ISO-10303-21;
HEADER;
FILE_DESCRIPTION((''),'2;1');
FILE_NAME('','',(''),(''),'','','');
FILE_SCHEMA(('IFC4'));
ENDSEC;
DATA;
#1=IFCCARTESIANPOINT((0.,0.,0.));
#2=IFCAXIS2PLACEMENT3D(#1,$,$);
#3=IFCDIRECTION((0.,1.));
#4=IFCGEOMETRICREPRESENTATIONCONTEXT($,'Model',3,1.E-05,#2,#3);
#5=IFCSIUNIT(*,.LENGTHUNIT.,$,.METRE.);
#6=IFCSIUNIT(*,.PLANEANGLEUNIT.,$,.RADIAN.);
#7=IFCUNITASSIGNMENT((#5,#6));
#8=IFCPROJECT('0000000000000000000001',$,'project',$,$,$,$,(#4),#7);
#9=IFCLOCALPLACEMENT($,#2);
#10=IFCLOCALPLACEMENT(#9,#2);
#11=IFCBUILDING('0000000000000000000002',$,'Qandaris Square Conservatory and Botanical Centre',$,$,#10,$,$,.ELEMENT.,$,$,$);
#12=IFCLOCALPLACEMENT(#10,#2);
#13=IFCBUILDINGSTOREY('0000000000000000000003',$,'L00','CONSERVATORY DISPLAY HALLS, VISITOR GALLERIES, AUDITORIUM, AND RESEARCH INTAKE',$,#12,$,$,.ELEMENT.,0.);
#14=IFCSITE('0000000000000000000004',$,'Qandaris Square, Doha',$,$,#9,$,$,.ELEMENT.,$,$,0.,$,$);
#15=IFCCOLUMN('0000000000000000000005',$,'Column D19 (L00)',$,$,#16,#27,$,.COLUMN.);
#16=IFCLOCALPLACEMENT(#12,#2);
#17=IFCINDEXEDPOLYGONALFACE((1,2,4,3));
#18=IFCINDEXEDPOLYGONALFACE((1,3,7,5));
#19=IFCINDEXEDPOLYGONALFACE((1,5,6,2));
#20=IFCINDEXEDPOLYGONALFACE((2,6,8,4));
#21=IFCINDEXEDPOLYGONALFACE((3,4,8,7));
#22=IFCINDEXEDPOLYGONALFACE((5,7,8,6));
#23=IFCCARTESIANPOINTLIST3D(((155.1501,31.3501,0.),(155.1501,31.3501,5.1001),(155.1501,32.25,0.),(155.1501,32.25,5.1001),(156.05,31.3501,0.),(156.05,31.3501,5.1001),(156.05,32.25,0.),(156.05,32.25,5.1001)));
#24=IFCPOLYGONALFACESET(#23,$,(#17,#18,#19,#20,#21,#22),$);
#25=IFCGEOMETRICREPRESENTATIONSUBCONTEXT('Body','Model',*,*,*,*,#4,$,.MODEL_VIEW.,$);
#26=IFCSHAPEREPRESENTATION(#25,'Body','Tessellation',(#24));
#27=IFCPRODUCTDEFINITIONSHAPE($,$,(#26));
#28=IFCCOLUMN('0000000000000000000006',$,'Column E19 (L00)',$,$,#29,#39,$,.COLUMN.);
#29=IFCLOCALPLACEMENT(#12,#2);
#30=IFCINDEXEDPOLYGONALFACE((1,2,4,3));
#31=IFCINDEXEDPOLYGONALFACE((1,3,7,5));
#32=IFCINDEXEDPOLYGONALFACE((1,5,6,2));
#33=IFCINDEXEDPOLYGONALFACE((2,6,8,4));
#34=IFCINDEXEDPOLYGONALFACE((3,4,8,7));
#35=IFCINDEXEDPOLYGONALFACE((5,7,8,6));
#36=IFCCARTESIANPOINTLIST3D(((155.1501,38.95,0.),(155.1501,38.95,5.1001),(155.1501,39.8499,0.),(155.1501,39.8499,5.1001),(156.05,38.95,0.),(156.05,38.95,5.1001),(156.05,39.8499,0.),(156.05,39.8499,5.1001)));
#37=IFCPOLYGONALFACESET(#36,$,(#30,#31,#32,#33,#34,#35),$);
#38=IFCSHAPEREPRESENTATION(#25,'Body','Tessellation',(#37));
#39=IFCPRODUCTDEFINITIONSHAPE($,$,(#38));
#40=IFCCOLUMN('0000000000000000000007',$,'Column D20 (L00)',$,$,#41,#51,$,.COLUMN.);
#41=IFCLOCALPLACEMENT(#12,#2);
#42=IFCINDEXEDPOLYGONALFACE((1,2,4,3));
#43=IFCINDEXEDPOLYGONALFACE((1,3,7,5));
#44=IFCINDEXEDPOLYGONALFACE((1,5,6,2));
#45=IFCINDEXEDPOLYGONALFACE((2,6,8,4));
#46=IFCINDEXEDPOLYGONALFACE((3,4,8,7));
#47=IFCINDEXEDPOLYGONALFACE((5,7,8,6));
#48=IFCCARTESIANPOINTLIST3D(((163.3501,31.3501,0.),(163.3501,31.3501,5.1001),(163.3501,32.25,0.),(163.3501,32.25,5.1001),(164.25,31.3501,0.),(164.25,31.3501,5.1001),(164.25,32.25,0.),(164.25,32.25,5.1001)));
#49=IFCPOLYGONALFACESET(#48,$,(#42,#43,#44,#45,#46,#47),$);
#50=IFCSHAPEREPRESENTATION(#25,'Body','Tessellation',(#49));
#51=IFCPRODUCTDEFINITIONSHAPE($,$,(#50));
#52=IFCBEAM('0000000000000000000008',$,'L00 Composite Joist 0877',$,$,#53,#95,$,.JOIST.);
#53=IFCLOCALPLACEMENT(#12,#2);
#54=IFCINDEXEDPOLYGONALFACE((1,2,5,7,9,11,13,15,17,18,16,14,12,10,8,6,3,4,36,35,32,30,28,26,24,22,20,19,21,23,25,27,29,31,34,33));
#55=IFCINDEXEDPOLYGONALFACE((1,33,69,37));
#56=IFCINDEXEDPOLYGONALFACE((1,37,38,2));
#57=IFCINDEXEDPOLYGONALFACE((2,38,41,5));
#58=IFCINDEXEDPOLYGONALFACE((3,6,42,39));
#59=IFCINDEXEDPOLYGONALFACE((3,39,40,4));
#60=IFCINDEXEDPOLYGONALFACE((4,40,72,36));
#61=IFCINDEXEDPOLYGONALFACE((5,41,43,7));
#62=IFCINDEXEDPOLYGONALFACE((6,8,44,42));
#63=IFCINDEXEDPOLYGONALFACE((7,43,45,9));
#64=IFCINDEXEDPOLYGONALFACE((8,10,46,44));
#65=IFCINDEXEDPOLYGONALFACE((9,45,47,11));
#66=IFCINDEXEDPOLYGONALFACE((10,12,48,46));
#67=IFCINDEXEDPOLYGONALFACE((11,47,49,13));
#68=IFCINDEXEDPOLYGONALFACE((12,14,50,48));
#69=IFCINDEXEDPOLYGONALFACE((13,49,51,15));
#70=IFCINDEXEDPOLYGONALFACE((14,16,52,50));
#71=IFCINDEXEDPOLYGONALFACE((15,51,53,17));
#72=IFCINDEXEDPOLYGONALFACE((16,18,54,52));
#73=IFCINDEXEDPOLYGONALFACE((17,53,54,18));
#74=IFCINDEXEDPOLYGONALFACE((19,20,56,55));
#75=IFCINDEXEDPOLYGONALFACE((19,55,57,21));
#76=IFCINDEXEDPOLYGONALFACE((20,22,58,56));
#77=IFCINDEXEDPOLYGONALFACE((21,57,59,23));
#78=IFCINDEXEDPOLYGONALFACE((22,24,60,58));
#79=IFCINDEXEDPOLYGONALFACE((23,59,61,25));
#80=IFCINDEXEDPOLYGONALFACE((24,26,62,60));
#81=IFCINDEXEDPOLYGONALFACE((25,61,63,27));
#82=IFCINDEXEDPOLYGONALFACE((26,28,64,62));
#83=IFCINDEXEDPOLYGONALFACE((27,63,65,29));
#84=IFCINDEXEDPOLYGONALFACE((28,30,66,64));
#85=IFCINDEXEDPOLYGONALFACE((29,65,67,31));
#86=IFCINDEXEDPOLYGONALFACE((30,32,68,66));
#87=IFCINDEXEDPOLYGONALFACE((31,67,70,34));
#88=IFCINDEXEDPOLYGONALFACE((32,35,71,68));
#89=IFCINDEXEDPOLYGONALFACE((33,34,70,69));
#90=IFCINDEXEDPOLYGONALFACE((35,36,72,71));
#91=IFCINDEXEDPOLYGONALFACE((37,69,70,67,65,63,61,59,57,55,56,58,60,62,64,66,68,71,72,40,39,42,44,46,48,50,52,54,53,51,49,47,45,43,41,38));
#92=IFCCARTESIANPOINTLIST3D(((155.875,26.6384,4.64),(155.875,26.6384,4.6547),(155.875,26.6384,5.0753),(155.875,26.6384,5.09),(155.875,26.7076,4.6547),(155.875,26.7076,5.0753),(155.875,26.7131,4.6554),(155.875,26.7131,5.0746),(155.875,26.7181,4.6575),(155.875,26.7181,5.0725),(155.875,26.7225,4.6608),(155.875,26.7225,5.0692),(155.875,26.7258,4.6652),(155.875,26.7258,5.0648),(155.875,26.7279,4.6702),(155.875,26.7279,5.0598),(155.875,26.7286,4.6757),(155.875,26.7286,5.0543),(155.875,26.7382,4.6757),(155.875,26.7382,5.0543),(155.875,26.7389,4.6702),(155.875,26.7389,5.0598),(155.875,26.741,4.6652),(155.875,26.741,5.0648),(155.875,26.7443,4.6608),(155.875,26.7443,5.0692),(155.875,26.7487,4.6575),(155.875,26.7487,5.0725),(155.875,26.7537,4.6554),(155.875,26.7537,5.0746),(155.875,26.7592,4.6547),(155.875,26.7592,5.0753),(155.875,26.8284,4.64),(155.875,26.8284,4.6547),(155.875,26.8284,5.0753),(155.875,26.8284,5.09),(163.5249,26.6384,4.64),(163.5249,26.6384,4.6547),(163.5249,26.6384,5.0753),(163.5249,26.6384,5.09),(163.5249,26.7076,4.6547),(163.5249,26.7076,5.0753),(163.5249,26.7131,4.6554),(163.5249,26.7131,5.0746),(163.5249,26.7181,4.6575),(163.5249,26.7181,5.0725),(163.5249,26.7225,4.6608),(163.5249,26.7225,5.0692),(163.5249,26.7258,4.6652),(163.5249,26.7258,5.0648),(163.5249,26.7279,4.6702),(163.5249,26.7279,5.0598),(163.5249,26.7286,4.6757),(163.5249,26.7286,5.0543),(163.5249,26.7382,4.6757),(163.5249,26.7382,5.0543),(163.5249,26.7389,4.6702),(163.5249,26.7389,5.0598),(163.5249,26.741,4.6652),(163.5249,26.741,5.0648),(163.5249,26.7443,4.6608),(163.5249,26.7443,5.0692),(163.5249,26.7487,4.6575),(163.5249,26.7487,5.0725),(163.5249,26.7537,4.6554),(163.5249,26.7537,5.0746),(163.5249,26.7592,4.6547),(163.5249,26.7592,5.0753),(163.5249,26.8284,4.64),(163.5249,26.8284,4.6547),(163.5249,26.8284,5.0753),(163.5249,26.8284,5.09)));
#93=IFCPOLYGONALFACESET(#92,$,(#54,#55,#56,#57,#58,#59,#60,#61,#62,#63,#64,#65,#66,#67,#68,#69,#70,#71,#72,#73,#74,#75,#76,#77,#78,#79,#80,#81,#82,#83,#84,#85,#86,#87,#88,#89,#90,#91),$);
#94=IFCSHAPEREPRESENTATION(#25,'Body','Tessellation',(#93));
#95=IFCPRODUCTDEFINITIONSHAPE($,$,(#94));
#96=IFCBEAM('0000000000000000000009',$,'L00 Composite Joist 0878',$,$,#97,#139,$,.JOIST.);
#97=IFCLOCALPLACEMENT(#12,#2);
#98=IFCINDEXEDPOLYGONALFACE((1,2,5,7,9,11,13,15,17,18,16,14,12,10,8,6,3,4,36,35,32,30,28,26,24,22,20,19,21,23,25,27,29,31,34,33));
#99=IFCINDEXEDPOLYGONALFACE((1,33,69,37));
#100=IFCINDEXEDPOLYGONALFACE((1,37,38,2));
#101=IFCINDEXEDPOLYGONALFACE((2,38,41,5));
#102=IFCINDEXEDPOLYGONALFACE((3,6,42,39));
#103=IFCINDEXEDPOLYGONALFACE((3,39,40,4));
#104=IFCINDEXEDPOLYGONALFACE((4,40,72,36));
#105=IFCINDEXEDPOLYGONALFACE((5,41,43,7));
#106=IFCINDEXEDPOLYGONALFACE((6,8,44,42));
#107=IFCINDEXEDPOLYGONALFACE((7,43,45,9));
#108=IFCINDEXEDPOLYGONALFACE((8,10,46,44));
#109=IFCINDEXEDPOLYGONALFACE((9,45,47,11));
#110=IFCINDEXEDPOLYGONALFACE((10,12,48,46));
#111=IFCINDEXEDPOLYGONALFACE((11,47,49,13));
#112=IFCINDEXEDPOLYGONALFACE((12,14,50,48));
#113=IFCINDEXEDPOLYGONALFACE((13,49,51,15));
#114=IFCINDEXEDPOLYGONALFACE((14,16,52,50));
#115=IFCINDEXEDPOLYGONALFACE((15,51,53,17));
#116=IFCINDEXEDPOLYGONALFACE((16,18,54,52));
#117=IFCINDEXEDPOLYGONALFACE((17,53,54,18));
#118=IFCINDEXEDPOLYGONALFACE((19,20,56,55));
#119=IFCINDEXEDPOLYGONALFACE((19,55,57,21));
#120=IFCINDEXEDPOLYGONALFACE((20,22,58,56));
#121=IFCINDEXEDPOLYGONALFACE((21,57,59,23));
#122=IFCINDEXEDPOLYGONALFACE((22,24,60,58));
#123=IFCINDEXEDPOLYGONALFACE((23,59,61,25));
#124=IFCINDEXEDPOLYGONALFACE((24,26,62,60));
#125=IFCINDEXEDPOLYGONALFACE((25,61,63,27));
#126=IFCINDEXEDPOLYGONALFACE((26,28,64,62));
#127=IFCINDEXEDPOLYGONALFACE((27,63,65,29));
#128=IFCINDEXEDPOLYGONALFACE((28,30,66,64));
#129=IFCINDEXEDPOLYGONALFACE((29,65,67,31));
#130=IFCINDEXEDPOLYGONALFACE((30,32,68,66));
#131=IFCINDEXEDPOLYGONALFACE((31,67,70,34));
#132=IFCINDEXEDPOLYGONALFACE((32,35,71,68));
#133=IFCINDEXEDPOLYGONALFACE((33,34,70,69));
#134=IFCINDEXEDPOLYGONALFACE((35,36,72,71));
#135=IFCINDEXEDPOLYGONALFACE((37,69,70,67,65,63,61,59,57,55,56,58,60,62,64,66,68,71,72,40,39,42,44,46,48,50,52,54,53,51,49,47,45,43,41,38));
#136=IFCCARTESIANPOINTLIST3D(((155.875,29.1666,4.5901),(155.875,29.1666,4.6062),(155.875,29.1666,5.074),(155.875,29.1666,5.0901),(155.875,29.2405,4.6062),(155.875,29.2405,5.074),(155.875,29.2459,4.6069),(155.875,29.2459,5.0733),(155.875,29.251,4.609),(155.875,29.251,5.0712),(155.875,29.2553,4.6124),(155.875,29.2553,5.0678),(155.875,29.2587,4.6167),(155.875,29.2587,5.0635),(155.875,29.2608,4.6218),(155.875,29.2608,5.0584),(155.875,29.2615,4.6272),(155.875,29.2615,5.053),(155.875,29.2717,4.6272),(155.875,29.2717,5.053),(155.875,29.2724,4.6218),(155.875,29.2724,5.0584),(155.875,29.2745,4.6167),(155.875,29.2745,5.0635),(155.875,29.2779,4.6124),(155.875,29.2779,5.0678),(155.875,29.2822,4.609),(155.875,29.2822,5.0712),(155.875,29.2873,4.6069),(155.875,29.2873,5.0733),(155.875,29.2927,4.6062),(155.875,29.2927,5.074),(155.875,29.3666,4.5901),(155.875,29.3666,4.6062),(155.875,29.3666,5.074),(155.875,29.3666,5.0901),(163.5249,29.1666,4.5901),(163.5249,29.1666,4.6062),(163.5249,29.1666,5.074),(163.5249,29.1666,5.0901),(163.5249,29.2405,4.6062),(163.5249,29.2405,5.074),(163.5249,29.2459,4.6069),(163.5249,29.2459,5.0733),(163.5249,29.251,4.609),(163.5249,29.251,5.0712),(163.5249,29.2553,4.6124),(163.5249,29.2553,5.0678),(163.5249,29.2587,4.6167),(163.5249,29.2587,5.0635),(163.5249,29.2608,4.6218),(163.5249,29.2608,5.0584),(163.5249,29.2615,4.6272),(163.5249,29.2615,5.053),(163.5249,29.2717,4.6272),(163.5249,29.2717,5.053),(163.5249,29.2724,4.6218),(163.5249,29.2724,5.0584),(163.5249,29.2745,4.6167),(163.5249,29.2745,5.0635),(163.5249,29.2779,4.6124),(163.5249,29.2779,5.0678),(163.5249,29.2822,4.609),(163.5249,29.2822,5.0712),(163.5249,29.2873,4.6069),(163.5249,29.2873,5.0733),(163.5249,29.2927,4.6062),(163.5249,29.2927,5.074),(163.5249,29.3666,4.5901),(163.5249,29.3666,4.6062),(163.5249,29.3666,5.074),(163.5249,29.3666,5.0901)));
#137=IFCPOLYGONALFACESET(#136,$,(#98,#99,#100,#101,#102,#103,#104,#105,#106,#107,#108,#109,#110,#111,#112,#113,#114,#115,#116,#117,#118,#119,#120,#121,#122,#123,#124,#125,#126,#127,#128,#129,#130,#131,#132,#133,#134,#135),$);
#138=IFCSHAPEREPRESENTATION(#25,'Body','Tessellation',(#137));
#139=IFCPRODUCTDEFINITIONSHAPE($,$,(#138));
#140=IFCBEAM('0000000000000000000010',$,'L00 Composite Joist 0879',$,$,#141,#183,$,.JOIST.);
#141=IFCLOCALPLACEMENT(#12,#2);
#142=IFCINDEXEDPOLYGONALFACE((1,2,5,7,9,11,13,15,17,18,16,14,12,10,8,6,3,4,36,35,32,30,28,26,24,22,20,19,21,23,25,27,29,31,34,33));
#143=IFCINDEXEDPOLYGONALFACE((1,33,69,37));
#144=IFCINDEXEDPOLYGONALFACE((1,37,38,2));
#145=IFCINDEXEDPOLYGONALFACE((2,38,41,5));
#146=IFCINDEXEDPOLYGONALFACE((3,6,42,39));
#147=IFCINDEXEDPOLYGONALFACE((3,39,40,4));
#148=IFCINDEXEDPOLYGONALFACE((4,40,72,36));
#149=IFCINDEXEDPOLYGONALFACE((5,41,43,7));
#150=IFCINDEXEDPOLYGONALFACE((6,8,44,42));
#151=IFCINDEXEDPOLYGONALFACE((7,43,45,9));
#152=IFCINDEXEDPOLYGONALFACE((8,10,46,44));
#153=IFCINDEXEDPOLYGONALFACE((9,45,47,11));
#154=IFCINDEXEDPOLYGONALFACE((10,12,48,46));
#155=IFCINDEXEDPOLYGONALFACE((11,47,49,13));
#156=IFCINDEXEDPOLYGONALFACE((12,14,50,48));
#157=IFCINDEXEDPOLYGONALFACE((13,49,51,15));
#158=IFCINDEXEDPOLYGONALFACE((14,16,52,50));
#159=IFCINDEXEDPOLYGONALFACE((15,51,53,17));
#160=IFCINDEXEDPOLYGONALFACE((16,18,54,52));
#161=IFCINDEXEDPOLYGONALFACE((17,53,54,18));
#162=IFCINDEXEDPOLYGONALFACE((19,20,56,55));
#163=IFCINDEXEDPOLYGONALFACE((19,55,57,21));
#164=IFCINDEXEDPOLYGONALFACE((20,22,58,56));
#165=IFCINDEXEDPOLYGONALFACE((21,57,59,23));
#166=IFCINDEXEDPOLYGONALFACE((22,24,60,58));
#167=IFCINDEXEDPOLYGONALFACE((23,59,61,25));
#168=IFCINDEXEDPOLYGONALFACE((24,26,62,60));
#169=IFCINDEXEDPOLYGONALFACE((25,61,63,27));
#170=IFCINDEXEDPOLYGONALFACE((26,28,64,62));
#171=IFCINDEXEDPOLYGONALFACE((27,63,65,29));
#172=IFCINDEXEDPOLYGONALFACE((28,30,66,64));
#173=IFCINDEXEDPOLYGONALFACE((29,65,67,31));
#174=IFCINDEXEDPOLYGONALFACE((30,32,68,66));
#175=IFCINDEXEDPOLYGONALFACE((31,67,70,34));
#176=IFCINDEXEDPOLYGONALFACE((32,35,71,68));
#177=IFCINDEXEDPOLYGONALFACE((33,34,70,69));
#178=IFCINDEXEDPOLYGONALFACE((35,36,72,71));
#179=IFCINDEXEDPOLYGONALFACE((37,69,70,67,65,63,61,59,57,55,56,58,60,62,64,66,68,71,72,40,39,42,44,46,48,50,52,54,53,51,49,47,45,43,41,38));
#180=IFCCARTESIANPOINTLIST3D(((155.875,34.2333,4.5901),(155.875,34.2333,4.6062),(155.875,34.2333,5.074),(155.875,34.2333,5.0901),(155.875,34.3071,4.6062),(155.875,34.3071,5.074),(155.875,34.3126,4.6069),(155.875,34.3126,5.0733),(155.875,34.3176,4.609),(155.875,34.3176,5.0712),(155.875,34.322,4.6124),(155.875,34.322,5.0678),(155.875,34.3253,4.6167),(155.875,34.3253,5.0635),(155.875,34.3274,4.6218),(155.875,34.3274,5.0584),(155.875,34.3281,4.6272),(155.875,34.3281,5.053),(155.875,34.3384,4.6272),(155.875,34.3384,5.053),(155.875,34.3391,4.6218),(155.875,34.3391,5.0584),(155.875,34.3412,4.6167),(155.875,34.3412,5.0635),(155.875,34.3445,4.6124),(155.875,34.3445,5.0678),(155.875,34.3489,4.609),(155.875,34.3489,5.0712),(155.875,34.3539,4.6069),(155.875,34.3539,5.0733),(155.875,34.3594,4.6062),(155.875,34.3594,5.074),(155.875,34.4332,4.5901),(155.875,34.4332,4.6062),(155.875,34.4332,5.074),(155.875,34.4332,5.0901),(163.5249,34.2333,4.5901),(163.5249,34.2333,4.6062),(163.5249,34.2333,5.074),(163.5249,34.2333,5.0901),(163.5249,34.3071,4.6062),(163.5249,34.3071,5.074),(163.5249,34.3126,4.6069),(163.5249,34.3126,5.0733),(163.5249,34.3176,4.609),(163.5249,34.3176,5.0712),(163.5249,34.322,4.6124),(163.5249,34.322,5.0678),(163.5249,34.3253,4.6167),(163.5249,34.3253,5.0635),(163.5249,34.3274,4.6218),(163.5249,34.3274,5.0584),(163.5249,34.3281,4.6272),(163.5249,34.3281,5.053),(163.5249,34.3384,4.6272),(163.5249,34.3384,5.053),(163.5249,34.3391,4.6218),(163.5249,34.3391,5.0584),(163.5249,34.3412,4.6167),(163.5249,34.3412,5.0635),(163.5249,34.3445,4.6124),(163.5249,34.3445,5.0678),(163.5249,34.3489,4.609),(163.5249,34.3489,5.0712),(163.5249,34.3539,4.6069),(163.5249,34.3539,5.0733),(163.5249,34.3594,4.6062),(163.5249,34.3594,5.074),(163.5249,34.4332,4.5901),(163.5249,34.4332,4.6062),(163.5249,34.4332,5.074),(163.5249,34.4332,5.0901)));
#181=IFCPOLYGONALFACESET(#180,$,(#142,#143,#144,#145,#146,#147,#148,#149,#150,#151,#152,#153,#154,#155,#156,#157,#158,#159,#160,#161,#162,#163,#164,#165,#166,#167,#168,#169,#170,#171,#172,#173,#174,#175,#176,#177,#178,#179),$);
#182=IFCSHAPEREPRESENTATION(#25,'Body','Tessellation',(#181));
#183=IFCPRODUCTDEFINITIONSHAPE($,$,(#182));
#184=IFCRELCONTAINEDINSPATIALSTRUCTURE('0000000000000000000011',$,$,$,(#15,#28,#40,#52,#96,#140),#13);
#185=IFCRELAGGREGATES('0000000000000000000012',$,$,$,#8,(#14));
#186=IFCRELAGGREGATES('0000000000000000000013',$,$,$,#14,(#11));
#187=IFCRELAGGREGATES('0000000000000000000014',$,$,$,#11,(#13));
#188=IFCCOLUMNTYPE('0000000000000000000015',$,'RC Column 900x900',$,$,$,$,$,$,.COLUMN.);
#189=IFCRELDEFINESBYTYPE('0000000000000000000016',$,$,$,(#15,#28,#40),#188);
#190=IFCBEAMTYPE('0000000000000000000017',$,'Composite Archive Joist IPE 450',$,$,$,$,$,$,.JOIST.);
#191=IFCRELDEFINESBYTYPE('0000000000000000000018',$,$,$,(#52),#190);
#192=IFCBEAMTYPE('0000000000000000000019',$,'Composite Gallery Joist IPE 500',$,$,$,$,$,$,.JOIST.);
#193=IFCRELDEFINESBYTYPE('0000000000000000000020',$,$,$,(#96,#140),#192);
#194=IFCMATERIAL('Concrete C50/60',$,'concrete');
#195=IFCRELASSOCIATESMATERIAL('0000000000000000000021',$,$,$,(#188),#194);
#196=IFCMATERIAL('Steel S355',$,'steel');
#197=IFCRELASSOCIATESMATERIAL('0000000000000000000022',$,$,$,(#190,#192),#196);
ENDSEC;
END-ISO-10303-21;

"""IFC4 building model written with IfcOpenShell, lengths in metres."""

from ifc_helpers import new_model, si_unit, direction, frame, origin, origin_2d, place, context, subcontext, project, spatial, rectangle, i_section, extrude, material, material_profile, profile_set, type_object, element, save


model = new_model("IFC4")

# Units and contexts
model_context = context("Model", 3, precision=1e-05, world=origin(), true_north=direction((0.0, 1.0)))
body_context = subcontext(model_context, "Body", "Model", "MODEL_VIEW")
ifc_project = project(units=[si_unit("LENGTHUNIT", "METRE"), si_unit("PLANEANGLEUNIT", "RADIAN")], contexts=[model_context])

# Site, building, storey
site_placement = place(None, origin())
site = spatial("IfcSite", under=ifc_project, at=site_placement, Name="Qandaris Square, Doha", CompositionType="ELEMENT", RefElevation=0.0)
building_placement = place(site_placement, origin())
building = spatial("IfcBuilding", under=site, at=building_placement, Name="Qandaris Square Conservatory and Botanical Centre", CompositionType="ELEMENT")
storey_placement = place(building_placement, origin())
storey = spatial("IfcBuildingStorey", under=building, at=storey_placement, Name="L00", Description="CONSERVATORY DISPLAY HALLS, VISITOR GALLERIES, AUDITORIUM, AND RESEARCH INTAKE", CompositionType="ELEMENT", Elevation=0.0)

# Columns
ifc_material_1 = material(Name="Concrete C50/60", Category="concrete")
ifc_material_profile_1 = material_profile(ifc_material_1, rectangle(XDim=0.8999, YDim=0.8999, at=origin_2d()), Name="RC-COL 900x900")
ifc_profile_set_1 = profile_set([ifc_material_profile_1], Name="Concrete C50/60")
column_type = type_object("IfcColumnType", Name="RC Column 900x900", PredefinedType="COLUMN", material=ifc_profile_set_1)
for number, where, z_axis, x_axis, name in (
    (1, (155.6001, 31.8, 0.0), (0.0, 0.0, 1.0), (1.0, 0.0, 0.0), "Column D19 (L00)"),
    (2, (155.6001, 39.3999, 0.0), (0.0, 0.0, 1.0), (1.0, 0.0, 0.0), "Column E19 (L00)"),
    (3, (163.8, 31.8, 0.0), (0.0, 0.0, 1.0), (1.0, 0.0, 0.0), "Column D20 (L00)"),
):
    element("IfcColumn", number, at=place(storey_placement, frame(where, z_axis=z_axis, x_axis=x_axis)), inside=storey, type_object=column_type, Name=name, PredefinedType="COLUMN", context=body_context, shape_type="SweptSolid", body=[
        extrude(rectangle(XDim=0.8999, YDim=0.8999, at=origin_2d()), origin(), (0.0, 0.0, 1.0), 5.1001),
    ])

# Beams
ifc_material_2 = material(Name="Steel S355", Category="steel")
ifc_material_profile_2 = material_profile(ifc_material_2, i_section(OverallWidth=0.1899, OverallDepth=0.45, WebThickness=0.0095, FlangeThickness=0.0146, FilletRadius=0.021, at=origin_2d()), Name="IPE 450")
ifc_profile_set_2 = profile_set([ifc_material_profile_2], Name="Steel S355")
beam_type_1 = type_object("IfcBeamType", Name="Composite Archive Joist IPE 450", PredefinedType="JOIST", material=ifc_profile_set_2)
beam_1_placement = place(storey_placement, frame((155.875, 26.7334, 4.865), z_axis=(1.0, 0.0, 0.0), x_axis=(0.0, 1.0, 0.0)))
element("IfcBeam", 4, at=beam_1_placement, inside=storey, type_object=beam_type_1, Name="L00 Composite Joist 0877", PredefinedType="JOIST", context=body_context, shape_type="SweptSolid", body=[
    extrude(i_section(OverallWidth=0.1899, OverallDepth=0.45, WebThickness=0.0095, FlangeThickness=0.0146, FilletRadius=0.021, at=origin_2d()), origin(), (0.0, 0.0, 1.0), 7.6499),
])
ifc_material_profile_3 = material_profile(ifc_material_2, i_section(OverallWidth=0.2, OverallDepth=0.5, WebThickness=0.0103, FlangeThickness=0.0161, FilletRadius=0.021, at=origin_2d()), Name="IPE 500")
ifc_profile_set_3 = profile_set([ifc_material_profile_3], Name="Steel S355")
beam_type_2 = type_object("IfcBeamType", Name="Composite Gallery Joist IPE 500", PredefinedType="JOIST", material=ifc_profile_set_3)
for number, where, z_axis, x_axis, name in (
    (5, (155.875, 29.2666, 4.8401), (1.0, 0.0, 0.0), (0.0, 1.0, 0.0), "L00 Composite Joist 0878"),
    (6, (155.875, 34.3333, 4.8401), (1.0, 0.0, 0.0), (0.0, 1.0, 0.0), "L00 Composite Joist 0879"),
):
    element("IfcBeam", number, at=place(storey_placement, frame(where, z_axis=z_axis, x_axis=x_axis)), inside=storey, type_object=beam_type_2, Name=name, PredefinedType="JOIST", context=body_context, shape_type="SweptSolid", body=[
        extrude(i_section(OverallWidth=0.2, OverallDepth=0.5, WebThickness=0.0103, FlangeThickness=0.0161, FilletRadius=0.021, at=origin_2d()), origin(), (0.0, 0.0, 1.0), 7.6499),
    ])

save(model, "model.ifc")
